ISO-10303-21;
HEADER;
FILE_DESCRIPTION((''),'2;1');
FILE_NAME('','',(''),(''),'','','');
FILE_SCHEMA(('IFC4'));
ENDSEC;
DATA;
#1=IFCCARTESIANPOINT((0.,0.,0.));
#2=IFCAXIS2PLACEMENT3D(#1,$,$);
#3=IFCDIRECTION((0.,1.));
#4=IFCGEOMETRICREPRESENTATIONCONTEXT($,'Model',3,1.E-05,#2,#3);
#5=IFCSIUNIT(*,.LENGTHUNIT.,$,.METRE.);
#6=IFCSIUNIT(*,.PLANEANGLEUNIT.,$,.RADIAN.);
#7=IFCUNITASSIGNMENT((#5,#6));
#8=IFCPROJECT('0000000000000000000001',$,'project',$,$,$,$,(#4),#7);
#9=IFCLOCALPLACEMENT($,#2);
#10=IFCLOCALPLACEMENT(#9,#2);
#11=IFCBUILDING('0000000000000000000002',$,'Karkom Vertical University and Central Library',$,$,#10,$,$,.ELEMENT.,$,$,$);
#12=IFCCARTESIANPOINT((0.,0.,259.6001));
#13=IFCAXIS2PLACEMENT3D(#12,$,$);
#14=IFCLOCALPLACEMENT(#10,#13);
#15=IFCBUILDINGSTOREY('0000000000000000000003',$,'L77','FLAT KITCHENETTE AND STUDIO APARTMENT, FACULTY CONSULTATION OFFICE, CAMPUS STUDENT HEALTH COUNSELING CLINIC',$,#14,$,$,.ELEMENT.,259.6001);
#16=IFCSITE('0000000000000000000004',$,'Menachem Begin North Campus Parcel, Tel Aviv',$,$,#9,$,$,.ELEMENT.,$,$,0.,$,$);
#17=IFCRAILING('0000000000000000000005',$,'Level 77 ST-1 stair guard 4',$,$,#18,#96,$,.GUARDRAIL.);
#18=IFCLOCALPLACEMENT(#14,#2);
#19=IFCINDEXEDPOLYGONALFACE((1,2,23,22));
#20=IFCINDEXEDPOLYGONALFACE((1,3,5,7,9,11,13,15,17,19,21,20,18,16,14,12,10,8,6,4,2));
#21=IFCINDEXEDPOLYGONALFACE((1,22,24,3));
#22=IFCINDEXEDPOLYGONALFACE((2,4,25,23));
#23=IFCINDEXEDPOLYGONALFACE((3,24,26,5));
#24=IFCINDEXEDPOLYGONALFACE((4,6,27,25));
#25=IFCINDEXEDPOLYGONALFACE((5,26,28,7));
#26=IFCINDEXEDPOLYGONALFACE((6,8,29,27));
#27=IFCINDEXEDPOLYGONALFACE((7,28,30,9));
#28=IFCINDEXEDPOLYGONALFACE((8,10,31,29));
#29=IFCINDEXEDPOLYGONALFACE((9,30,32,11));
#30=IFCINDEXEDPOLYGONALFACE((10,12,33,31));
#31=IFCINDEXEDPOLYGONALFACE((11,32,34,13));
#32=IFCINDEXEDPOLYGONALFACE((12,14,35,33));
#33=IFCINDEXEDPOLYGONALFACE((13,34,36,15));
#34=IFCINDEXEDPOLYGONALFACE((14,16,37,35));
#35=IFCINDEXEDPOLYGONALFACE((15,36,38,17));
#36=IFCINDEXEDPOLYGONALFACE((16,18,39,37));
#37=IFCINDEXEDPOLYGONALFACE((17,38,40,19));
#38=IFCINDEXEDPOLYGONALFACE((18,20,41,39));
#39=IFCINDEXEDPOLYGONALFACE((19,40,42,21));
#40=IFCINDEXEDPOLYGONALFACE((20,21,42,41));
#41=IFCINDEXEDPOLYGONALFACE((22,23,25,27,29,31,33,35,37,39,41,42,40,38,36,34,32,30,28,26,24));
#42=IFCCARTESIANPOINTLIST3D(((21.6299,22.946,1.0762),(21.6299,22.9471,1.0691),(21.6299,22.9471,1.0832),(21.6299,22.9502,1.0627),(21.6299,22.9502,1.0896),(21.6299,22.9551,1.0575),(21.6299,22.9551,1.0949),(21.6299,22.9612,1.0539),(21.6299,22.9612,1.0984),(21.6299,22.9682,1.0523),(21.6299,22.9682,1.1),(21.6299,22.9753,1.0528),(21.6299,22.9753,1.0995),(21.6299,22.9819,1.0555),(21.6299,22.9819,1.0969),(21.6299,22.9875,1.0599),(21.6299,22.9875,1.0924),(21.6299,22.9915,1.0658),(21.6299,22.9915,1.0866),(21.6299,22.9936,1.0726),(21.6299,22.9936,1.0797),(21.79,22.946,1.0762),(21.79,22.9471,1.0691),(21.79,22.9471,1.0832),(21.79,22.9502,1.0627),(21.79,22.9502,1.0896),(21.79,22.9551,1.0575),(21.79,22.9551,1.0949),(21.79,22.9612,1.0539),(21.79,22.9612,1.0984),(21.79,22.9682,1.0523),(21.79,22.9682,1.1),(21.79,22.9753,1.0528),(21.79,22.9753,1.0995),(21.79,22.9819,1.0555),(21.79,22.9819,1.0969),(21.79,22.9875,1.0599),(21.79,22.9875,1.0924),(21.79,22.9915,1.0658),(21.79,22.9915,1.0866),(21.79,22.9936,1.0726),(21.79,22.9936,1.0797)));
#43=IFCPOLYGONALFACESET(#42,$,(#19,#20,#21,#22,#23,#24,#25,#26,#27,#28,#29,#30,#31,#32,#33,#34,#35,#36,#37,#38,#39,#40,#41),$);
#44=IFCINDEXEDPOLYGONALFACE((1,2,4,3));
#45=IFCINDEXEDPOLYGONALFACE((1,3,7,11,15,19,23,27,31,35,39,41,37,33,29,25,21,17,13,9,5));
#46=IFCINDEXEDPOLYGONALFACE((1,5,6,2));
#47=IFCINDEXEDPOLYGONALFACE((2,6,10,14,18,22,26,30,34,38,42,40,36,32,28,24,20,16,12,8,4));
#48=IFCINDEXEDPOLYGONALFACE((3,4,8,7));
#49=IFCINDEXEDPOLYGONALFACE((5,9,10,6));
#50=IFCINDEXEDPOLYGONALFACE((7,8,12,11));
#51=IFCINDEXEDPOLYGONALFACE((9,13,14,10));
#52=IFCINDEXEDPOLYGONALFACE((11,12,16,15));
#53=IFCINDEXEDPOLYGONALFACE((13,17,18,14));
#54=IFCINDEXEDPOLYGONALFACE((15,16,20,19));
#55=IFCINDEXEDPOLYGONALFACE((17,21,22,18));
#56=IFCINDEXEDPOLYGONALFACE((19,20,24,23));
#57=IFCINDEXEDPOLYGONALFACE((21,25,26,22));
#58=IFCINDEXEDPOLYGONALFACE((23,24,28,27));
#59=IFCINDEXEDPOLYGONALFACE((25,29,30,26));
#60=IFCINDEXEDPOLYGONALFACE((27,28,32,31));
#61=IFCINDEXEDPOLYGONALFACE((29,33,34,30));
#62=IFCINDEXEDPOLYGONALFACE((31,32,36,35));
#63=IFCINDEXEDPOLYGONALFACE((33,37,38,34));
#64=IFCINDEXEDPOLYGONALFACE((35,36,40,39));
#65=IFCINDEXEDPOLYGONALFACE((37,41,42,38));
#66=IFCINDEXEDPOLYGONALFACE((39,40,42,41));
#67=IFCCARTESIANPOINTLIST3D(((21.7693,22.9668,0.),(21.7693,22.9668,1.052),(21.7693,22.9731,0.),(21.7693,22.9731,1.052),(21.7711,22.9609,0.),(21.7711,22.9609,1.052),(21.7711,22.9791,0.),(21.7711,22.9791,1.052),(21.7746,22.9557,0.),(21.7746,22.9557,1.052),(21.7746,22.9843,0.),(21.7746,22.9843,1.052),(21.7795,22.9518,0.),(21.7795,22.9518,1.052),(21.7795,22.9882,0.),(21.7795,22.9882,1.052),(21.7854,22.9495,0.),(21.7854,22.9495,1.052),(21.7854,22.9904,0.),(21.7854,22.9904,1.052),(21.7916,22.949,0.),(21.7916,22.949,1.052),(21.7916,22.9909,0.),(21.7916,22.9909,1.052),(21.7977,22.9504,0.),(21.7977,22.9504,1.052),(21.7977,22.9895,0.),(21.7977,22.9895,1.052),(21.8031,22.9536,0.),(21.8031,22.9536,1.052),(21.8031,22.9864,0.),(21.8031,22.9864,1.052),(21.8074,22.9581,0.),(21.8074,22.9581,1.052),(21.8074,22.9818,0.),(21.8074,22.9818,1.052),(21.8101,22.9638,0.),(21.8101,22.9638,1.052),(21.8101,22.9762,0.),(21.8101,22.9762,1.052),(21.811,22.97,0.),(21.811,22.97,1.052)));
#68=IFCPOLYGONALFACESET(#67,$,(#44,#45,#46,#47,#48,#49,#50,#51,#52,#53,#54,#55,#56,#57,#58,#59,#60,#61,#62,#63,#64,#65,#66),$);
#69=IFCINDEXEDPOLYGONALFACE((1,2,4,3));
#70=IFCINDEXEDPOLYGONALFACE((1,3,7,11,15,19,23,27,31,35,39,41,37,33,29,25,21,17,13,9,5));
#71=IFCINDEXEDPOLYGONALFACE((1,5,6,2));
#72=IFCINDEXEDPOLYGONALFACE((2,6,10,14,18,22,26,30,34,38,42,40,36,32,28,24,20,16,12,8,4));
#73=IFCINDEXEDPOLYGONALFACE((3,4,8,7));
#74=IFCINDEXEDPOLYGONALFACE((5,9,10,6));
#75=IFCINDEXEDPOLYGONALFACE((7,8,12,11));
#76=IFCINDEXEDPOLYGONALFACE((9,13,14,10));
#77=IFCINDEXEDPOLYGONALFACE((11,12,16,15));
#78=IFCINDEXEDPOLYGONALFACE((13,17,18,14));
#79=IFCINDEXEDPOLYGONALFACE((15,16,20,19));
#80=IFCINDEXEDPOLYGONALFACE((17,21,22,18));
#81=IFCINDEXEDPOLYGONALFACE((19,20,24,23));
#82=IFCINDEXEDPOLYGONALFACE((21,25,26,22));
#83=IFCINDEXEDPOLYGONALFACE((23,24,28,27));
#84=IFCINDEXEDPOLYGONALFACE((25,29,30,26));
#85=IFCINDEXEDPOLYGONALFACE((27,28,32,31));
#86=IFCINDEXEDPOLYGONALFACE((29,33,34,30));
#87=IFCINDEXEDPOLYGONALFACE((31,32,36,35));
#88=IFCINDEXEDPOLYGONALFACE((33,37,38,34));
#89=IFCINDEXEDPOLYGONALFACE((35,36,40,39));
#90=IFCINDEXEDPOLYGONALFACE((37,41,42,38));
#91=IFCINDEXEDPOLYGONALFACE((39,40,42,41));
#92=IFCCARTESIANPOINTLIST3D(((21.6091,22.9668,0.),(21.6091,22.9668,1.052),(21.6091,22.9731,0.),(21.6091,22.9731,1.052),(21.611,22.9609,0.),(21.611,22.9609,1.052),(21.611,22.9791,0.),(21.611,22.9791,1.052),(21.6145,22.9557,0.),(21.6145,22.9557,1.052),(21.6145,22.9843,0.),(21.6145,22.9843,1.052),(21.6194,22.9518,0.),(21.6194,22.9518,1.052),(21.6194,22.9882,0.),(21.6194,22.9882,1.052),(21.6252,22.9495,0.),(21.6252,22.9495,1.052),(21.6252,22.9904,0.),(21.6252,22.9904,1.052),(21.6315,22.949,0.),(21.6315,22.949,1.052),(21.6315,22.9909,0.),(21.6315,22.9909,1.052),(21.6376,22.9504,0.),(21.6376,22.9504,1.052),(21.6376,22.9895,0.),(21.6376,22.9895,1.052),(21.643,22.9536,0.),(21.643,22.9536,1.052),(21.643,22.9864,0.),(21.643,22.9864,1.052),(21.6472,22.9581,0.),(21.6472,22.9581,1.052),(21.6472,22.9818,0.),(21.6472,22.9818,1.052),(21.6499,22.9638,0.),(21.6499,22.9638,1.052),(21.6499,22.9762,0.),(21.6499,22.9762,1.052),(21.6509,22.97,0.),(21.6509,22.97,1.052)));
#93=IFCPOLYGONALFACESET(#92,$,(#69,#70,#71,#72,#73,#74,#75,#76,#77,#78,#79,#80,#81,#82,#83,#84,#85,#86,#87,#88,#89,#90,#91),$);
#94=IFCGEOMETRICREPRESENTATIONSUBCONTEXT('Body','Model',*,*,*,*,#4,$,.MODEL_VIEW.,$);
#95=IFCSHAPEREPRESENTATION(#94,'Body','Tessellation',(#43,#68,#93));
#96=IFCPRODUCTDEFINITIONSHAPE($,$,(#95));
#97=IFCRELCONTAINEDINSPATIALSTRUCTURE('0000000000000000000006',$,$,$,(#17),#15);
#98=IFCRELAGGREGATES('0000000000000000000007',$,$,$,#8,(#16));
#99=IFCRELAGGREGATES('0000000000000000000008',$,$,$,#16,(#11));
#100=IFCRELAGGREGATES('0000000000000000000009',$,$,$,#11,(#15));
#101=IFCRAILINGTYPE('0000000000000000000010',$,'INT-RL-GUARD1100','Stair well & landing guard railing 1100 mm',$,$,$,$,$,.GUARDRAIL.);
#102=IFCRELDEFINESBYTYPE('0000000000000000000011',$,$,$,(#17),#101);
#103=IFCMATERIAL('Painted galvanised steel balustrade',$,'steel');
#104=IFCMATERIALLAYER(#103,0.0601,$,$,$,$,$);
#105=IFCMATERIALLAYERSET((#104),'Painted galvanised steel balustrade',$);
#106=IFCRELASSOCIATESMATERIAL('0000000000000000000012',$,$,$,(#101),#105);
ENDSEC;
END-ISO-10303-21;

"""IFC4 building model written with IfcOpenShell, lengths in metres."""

from ifc_helpers import new_model, si_unit, direction, frame, origin, origin_2d, place, context, subcontext, project, spatial, circle, extrude, material, layer, layer_set, type_object, element, save


model = new_model("IFC4")

# Units and contexts
model_context = context("Model", 3, precision=1e-05, world=origin(), true_north=direction((0.0, 1.0)))
body_context = subcontext(model_context, "Body", "Model", "MODEL_VIEW")
ifc_project = project(units=[si_unit("LENGTHUNIT", "METRE"), si_unit("PLANEANGLEUNIT", "RADIAN")], contexts=[model_context])

# Site, building, storey
site_placement = place(None, origin())
site = spatial("IfcSite", under=ifc_project, at=site_placement, Name="Menachem Begin North Campus Parcel, Tel Aviv", CompositionType="ELEMENT", RefElevation=0.0)
building_placement = place(site_placement, origin())
building = spatial("IfcBuilding", under=site, at=building_placement, Name="Karkom Vertical University and Central Library", CompositionType="ELEMENT")
storey_placement = place(building_placement, frame((0.0, 0.0, 259.6001)))
storey = spatial("IfcBuildingStorey", under=building, at=storey_placement, Name="L77", Description="FLAT KITCHENETTE AND STUDIO APARTMENT, FACULTY CONSULTATION OFFICE, CAMPUS STUDENT HEALTH COUNSELING CLINIC", CompositionType="ELEMENT", Elevation=259.6001)

# Railing
ifc_material_1 = material(Name="Painted galvanised steel balustrade", Category="steel")
ifc_layer_1 = layer(ifc_material_1, 0.0601)
ifc_layer_set_1 = layer_set([ifc_layer_1], Name="Painted galvanised steel balustrade")
railing_type_1 = type_object("IfcRailingType", Name="INT-RL-GUARD1100", Description="Stair well & landing guard railing 1100 mm", PredefinedType="GUARDRAIL", material=ifc_layer_set_1)
railing_1_placement = place(storey_placement, frame((21.79, 22.97, 0.0)))
element("IfcRailing", 1, at=railing_1_placement, inside=storey, type_object=railing_type_1, Name="Level 77 ST-1 stair guard 4", PredefinedType="GUARDRAIL", context=body_context, shape_type="SweptSolid", body=[
    extrude(circle(Radius=0.0239, at=origin_2d()), frame((0.0, 0.0, 1.0762), z_axis=(-1.0, 0.0, 0.0), x_axis=(0.0, -1.0, 0.0)), (0.0, 0.0, 1.0), 0.1602),
    extrude(circle(Radius=0.021, at=origin_2d()), origin(), (0.0, 0.0, 1.0), 1.052),
    extrude(circle(Radius=0.021, at=origin_2d()), frame((-0.1602, 0.0, 0.0)), (0.0, 0.0, 1.0), 1.052),
])

save(model, "model.ifc")
